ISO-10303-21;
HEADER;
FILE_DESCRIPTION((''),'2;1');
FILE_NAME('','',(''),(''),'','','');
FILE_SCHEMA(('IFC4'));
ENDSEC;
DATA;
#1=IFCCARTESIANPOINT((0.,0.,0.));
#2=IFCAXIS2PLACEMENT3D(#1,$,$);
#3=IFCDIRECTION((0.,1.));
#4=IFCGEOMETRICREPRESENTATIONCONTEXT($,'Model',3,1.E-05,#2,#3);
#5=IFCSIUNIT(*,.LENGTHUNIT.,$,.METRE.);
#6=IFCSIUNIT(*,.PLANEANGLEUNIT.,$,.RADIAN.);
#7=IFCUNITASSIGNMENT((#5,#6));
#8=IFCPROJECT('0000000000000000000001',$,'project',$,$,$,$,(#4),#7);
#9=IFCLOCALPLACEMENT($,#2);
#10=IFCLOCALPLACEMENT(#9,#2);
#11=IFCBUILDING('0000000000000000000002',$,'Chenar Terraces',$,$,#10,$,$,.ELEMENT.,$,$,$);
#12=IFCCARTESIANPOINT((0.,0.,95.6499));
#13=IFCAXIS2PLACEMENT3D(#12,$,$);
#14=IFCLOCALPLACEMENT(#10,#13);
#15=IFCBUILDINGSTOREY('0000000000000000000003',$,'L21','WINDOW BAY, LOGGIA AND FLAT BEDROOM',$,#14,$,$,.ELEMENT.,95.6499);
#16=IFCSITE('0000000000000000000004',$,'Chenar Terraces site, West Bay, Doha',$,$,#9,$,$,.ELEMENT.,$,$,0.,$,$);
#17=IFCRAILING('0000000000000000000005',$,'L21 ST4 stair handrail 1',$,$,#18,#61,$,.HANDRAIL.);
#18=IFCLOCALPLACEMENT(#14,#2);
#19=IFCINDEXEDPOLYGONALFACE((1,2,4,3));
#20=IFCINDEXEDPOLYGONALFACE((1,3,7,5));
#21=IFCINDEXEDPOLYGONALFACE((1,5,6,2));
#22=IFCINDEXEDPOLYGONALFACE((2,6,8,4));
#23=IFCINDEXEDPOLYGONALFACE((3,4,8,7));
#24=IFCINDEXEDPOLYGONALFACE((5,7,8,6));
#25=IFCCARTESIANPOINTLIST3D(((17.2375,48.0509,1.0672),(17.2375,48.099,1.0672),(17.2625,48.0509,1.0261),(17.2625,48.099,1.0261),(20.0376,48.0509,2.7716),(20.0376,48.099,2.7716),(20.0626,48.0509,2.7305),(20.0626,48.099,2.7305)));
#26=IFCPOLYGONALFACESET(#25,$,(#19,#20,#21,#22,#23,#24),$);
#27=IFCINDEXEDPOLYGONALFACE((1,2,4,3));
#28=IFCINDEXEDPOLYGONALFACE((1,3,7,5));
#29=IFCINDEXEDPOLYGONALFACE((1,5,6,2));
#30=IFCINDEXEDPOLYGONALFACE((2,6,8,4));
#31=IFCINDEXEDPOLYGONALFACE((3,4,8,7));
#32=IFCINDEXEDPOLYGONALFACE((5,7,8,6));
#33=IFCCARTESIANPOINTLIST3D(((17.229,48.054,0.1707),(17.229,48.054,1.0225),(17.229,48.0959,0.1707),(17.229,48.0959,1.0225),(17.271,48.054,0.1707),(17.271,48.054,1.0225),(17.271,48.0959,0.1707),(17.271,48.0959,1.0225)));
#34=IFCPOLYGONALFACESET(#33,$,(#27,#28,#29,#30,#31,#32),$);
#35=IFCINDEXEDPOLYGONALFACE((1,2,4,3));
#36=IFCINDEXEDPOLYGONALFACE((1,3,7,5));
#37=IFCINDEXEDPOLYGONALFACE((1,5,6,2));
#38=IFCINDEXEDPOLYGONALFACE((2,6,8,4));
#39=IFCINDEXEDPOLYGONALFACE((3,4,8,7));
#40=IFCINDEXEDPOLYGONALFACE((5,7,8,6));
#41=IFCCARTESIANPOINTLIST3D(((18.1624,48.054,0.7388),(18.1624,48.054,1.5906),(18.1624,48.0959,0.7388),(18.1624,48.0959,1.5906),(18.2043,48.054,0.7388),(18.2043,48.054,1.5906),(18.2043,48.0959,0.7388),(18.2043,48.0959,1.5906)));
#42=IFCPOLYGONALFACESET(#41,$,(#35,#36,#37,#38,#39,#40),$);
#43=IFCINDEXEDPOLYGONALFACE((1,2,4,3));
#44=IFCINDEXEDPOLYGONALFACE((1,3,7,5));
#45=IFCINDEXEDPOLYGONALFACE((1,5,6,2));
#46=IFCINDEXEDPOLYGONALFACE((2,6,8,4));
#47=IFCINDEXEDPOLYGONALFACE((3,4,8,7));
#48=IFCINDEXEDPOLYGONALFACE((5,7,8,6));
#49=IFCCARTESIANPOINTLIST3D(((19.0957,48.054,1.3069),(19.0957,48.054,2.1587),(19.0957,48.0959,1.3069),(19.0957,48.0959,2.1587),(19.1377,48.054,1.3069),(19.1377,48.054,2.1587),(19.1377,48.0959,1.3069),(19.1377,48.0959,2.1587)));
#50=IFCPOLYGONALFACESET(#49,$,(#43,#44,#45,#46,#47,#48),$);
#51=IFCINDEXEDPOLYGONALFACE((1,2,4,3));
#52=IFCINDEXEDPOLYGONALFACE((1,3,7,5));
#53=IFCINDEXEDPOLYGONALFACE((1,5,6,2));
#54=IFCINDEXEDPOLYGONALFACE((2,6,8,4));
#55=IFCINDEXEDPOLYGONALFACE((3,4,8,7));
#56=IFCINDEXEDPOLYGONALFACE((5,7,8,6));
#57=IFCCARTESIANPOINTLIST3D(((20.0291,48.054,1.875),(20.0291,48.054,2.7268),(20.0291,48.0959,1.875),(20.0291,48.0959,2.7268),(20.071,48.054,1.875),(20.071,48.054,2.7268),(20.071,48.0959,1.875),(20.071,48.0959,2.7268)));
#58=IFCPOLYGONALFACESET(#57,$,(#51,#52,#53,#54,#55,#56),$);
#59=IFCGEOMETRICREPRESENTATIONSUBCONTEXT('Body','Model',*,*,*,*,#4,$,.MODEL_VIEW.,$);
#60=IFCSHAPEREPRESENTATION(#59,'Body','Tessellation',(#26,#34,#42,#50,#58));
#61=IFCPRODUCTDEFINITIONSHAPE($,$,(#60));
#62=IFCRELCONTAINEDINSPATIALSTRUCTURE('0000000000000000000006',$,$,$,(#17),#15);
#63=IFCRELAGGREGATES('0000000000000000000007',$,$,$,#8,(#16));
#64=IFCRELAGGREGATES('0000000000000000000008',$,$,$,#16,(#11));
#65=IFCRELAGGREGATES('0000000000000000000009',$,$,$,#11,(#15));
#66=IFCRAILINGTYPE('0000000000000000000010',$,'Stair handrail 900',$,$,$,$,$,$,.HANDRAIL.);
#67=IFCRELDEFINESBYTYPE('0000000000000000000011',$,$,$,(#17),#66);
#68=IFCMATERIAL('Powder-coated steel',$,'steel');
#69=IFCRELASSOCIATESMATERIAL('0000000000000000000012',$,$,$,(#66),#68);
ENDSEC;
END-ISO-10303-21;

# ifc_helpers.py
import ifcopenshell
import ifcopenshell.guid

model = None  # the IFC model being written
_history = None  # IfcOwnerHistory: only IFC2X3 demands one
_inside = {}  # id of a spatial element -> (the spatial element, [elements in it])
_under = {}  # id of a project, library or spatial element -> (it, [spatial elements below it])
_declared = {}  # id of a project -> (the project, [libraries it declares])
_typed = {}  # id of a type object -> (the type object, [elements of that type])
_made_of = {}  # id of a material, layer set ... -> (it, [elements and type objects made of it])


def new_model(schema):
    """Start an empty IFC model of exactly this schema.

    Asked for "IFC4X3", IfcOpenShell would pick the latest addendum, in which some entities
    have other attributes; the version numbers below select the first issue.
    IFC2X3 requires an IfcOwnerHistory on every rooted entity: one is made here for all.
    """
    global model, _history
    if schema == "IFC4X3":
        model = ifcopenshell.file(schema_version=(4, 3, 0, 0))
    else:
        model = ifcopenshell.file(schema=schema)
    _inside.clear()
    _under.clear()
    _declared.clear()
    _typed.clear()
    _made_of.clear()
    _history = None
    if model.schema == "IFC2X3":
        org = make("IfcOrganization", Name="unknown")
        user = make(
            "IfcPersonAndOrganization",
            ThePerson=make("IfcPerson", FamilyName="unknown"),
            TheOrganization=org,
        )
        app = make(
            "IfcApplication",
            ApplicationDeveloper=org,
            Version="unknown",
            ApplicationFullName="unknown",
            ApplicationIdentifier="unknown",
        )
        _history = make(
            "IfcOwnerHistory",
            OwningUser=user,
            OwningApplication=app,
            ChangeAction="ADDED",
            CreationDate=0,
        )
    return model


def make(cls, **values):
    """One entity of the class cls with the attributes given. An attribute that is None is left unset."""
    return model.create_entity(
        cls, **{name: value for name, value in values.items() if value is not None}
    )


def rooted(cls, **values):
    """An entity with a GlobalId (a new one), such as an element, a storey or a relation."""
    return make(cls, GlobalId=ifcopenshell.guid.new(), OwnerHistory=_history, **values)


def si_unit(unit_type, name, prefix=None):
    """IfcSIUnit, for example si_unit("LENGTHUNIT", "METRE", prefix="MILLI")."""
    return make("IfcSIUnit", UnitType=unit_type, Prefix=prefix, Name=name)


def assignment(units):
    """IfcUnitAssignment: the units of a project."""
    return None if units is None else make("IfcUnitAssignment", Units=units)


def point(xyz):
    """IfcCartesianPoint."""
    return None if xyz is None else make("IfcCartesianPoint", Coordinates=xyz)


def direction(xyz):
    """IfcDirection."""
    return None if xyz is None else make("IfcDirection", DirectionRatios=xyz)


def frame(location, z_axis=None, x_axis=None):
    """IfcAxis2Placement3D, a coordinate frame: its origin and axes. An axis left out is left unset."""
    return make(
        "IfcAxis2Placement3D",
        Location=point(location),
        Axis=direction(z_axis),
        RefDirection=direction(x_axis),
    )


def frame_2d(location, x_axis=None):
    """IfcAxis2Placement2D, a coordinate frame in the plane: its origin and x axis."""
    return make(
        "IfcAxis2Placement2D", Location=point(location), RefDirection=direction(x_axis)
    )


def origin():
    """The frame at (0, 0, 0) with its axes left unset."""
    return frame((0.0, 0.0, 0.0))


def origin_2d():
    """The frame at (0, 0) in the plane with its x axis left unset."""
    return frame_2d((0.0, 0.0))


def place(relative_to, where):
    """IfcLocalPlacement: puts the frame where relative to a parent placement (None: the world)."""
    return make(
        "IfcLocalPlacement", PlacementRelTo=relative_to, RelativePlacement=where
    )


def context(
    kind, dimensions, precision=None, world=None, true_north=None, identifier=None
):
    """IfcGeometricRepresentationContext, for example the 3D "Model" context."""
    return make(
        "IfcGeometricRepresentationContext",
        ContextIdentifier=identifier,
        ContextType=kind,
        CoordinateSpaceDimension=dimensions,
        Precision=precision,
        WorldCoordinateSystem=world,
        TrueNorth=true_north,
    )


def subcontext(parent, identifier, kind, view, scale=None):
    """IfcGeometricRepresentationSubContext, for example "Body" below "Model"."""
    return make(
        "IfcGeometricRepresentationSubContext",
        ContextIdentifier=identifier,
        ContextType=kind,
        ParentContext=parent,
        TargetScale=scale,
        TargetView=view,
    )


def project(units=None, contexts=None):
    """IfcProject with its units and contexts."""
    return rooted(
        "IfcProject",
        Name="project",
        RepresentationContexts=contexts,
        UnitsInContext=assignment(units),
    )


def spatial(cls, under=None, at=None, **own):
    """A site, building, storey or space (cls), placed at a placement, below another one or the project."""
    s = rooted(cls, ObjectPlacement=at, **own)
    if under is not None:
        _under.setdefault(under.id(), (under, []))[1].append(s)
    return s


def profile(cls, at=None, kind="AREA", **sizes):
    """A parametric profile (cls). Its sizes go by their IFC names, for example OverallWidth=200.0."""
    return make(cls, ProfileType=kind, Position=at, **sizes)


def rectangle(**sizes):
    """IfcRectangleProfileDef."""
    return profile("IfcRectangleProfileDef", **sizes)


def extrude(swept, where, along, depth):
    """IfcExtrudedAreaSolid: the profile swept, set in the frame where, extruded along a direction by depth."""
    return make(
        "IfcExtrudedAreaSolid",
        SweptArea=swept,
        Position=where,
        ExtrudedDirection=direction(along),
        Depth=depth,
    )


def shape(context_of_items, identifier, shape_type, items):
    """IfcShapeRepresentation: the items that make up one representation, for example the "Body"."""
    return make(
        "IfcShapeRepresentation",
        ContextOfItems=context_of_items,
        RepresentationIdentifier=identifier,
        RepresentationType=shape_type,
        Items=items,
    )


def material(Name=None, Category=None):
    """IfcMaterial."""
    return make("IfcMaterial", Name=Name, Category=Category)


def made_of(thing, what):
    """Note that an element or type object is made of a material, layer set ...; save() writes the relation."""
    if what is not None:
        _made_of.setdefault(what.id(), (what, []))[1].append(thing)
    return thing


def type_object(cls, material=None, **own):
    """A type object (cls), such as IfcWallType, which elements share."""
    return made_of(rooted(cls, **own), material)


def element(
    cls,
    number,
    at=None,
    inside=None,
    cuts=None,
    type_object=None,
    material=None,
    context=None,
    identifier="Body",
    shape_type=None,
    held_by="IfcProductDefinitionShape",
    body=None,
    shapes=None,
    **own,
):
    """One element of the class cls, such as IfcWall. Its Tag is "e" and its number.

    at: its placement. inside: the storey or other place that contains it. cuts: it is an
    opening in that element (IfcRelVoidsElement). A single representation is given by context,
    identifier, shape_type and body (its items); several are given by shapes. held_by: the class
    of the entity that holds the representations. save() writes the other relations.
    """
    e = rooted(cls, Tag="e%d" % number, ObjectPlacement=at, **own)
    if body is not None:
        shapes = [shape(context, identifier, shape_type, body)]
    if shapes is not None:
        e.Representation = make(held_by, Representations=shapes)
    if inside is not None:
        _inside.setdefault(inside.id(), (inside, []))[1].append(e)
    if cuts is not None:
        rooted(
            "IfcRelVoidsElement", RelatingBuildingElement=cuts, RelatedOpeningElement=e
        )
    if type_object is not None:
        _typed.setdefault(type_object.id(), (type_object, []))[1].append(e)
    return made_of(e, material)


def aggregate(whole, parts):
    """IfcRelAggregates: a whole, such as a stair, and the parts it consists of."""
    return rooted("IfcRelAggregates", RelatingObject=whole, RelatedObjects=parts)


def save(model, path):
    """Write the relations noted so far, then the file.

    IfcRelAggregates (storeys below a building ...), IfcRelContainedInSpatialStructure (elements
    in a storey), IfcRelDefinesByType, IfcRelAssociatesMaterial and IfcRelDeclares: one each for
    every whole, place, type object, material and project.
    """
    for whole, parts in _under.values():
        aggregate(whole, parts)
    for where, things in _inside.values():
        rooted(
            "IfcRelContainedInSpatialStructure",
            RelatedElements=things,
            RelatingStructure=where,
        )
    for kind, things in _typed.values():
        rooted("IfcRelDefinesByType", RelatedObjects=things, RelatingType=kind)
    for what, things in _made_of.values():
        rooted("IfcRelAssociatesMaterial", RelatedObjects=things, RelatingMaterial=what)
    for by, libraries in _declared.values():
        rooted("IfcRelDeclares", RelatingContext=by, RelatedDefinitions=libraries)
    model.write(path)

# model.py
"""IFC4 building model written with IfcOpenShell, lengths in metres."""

from ifc_helpers import new_model, si_unit, direction, frame, origin, origin_2d, place, context, subcontext, project, spatial, rectangle, extrude, material, type_object, element, save


model = new_model("IFC4")

# Units and contexts
model_context = context("Model", 3, precision=1e-05, world=origin(), true_north=direction((0.0, 1.0)))
body_context = subcontext(model_context, "Body", "Model", "MODEL_VIEW")
ifc_project = project(units=[si_unit("LENGTHUNIT", "METRE"), si_unit("PLANEANGLEUNIT", "RADIAN")], contexts=[model_context])

# Site, building, storey
site_placement = place(None, origin())
site = spatial("IfcSite", under=ifc_project, at=site_placement, Name="Chenar Terraces site, West Bay, Doha", CompositionType="ELEMENT", RefElevation=0.0)
building_placement = place(site_placement, origin())
building = spatial("IfcBuilding", under=site, at=building_placement, Name="Chenar Terraces", CompositionType="ELEMENT")
storey_placement = place(building_placement, frame((0.0, 0.0, 95.6499)))
storey = spatial("IfcBuildingStorey", under=building, at=storey_placement, Name="L21", Description="WINDOW BAY, LOGGIA AND FLAT BEDROOM", CompositionType="ELEMENT", Elevation=95.6499)

# Railing
ifc_material_1 = material(Name="Powder-coated steel", Category="steel")
railing_type = type_object("IfcRailingType", Name="Stair handrail 900", PredefinedType="HANDRAIL", material=ifc_material_1)
railing_placement = place(storey_placement, frame((17.25, 48.075, 0.1707)))
element("IfcRailing", 1, at=railing_placement, inside=storey, type_object=railing_type, Name="L21 ST4 stair handrail 1", PredefinedType="HANDRAIL", context=body_context, shape_type="SweptSolid", body=[
    extrude(rectangle(XDim=0.0481, YDim=0.0481, at=origin_2d()), frame((0.0, 0.0, 0.876), z_axis=(0.854203, 0.0, 0.51994), x_axis=(0.0, 1.0, 0.0)), (0.0, 0.0, 1.0), 3.2781),
    extrude(rectangle(XDim=0.042, YDim=0.042, at=origin_2d()), origin(), (0.0, 0.0, 1.0), 0.8518),
    extrude(rectangle(XDim=0.042, YDim=0.042, at=origin_2d()), frame((0.9333, 0.0, 0.5681)), (0.0, 0.0, 1.0), 0.8518),
    extrude(rectangle(XDim=0.042, YDim=0.042, at=origin_2d()), frame((1.8667, 0.0, 1.1362)), (0.0, 0.0, 1.0), 0.8518),
    extrude(rectangle(XDim=0.042, YDim=0.042, at=origin_2d()), frame((2.8, 0.0, 1.7043)), (0.0, 0.0, 1.0), 0.8518),
])

save(model, "model.ifc")
